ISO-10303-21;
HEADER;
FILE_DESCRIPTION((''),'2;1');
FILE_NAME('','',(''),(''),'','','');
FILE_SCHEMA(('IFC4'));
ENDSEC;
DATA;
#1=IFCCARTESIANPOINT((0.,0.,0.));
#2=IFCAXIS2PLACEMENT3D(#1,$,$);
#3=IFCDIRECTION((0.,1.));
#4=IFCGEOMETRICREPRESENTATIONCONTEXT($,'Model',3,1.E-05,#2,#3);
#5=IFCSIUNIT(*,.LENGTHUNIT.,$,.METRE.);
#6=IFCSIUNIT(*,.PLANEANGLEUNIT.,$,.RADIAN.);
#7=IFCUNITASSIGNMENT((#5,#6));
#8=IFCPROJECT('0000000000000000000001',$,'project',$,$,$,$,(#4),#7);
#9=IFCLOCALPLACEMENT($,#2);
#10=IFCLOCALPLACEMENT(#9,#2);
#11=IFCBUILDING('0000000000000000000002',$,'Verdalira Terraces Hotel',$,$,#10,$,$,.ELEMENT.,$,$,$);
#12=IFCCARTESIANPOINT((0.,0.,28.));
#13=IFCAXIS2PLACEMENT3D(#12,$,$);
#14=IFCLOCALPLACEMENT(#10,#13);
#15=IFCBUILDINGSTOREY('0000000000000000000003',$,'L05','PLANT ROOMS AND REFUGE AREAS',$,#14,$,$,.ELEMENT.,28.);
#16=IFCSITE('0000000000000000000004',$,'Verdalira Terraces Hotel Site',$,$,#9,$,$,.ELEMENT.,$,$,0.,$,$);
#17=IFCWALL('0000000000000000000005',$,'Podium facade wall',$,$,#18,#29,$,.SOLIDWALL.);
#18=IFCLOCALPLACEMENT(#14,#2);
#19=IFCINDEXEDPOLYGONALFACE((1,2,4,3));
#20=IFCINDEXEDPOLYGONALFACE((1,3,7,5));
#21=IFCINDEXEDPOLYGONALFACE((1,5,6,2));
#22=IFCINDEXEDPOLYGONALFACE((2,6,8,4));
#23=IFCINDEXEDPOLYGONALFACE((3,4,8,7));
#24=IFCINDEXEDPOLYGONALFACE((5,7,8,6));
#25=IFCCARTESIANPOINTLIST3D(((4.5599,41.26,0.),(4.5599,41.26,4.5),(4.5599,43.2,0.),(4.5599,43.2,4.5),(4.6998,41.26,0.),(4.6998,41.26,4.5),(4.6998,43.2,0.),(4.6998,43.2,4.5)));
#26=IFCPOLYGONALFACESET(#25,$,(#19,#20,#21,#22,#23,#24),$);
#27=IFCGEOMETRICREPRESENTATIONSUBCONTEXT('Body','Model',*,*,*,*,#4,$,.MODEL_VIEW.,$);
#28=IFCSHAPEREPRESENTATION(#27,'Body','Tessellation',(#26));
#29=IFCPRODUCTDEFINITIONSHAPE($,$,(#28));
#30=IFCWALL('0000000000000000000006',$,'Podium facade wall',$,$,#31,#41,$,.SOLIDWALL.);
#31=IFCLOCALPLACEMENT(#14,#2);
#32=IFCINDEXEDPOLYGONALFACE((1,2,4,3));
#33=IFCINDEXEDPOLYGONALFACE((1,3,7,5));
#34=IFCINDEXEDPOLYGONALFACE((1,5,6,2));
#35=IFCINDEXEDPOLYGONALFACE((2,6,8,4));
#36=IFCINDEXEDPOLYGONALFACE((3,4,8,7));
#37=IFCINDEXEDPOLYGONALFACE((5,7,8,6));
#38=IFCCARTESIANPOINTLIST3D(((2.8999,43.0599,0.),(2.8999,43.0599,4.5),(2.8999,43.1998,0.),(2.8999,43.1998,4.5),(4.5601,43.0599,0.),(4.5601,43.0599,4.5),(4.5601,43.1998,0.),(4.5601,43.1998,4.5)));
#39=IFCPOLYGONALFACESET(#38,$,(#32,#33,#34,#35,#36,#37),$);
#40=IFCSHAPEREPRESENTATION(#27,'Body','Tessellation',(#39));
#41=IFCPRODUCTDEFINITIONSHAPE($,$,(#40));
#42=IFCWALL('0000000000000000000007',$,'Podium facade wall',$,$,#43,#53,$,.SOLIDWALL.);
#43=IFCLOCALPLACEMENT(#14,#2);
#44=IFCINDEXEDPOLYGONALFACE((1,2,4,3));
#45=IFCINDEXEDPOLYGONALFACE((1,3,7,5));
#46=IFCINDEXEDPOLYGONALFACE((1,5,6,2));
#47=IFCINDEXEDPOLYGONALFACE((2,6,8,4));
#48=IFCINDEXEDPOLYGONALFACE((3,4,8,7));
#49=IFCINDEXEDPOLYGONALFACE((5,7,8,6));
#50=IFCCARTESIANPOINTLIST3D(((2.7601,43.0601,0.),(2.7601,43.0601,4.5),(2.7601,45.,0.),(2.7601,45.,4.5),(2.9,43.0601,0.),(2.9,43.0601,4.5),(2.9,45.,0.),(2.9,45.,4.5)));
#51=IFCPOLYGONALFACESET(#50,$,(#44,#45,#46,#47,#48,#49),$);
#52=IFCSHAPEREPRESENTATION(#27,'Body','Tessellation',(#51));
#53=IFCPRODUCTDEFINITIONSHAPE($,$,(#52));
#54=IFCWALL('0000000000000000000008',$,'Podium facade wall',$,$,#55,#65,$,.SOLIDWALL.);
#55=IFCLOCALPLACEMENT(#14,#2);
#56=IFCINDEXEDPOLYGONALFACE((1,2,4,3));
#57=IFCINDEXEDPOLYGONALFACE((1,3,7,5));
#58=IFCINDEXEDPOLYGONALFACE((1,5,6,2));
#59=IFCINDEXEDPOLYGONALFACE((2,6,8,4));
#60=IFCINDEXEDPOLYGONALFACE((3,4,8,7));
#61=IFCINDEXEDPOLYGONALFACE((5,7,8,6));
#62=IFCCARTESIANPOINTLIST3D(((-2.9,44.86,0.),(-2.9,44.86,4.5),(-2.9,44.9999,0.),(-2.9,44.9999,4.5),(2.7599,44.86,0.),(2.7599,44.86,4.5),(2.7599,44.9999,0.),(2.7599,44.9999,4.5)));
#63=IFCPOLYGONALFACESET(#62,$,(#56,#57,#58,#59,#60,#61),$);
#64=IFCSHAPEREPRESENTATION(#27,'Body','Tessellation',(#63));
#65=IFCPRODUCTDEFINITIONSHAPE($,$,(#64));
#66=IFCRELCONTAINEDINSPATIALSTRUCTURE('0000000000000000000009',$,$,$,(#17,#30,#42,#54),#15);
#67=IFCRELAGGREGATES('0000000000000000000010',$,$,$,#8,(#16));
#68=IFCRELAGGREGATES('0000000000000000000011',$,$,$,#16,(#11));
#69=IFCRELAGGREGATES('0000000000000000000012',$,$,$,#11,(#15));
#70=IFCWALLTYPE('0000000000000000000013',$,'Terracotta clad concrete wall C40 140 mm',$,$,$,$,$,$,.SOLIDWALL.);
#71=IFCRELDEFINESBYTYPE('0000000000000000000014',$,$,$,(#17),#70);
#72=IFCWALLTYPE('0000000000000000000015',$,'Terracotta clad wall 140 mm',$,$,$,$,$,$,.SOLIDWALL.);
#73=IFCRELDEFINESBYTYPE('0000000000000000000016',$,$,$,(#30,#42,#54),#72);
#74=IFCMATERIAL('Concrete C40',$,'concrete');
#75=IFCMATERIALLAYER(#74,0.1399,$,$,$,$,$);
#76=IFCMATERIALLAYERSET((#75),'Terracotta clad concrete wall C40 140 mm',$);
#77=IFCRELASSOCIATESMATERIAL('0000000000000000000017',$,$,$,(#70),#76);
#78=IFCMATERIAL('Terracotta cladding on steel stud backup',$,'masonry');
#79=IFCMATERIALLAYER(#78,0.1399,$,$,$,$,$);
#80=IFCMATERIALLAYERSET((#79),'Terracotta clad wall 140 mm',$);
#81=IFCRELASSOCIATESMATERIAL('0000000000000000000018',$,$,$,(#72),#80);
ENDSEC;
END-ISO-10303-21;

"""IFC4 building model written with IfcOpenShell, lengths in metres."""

from ifc_helpers import new_model, si_unit, direction, frame, frame_2d, origin, place, context, subcontext, project, spatial, rectangle, extrude, material, layer, layer_set, type_object, element, save


model = new_model("IFC4")

# Units and contexts
model_context = context("Model", 3, precision=1e-05, world=origin(), true_north=direction((0.0, 1.0)))
body_context = subcontext(model_context, "Body", "Model", "MODEL_VIEW")
ifc_project = project(units=[si_unit("LENGTHUNIT", "METRE"), si_unit("PLANEANGLEUNIT", "RADIAN")], contexts=[model_context])

# Site, building, storey
site_placement = place(None, origin())
site = spatial("IfcSite", under=ifc_project, at=site_placement, Name="Verdalira Terraces Hotel Site", CompositionType="ELEMENT", RefElevation=0.0)
building_placement = place(site_placement, origin())
building = spatial("IfcBuilding", under=site, at=building_placement, Name="Verdalira Terraces Hotel", CompositionType="ELEMENT")
storey_placement = place(building_placement, frame((0.0, 0.0, 28.0)))
storey = spatial("IfcBuildingStorey", under=building, at=storey_placement, Name="L05", Description="PLANT ROOMS AND REFUGE AREAS", CompositionType="ELEMENT", Elevation=28.0)

# Shared definitions
ifc_material_1 = material(Name="Concrete C40", Category="concrete")
ifc_layer_1 = layer(ifc_material_1, 0.1399)
ifc_layer_set_1 = layer_set([ifc_layer_1], Name="Terracotta clad concrete wall C40 140 mm")
wall_type_1 = type_object("IfcWallType", Name="Terracotta clad concrete wall C40 140 mm", PredefinedType="SOLIDWALL", material=ifc_layer_set_1)

# Walls
wall_1_placement = place(storey_placement, frame((4.6299, 41.26, 0.0), z_axis=(0.0, 0.0, 1.0), x_axis=(0.0, 1.0, 0.0)))
element("IfcWall", 1, at=wall_1_placement, inside=storey, type_object=wall_type_1, Name="Podium facade wall", PredefinedType="SOLIDWALL", context=body_context, shape_type="SweptSolid", body=[
    extrude(rectangle(XDim=1.9399, YDim=0.1399, at=frame_2d((0.97, 0.0))), origin(), (0.0, 0.0, 1.0), 4.5),
])
ifc_material_2 = material(Name="Terracotta cladding on steel stud backup", Category="masonry")
ifc_layer_2 = layer(ifc_material_2, 0.1399)
ifc_layer_set_2 = layer_set([ifc_layer_2], Name="Terracotta clad wall 140 mm")
wall_type_2 = type_object("IfcWallType", Name="Terracotta clad wall 140 mm", PredefinedType="SOLIDWALL", material=ifc_layer_set_2)
wall_2_placement = place(storey_placement, frame((4.5601, 43.1299, 0.0), z_axis=(0.0, 0.0, 1.0), x_axis=(-1.0, 0.0, 0.0)))
element("IfcWall", 2, at=wall_2_placement, inside=storey, type_object=wall_type_2, Name="Podium facade wall", PredefinedType="SOLIDWALL", context=body_context, shape_type="SweptSolid", body=[
    extrude(rectangle(XDim=1.6602, YDim=0.1399, at=frame_2d((0.8301, 0.0))), origin(), (0.0, 0.0, 1.0), 4.5),
])
wall_3_placement = place(storey_placement, frame((2.8301, 43.0601, 0.0), z_axis=(0.0, 0.0, 1.0), x_axis=(0.0, 1.0, 0.0)))
element("IfcWall", 3, at=wall_3_placement, inside=storey, type_object=wall_type_2, Name="Podium facade wall", PredefinedType="SOLIDWALL", context=body_context, shape_type="SweptSolid", body=[
    extrude(rectangle(XDim=1.9399, YDim=0.1399, at=frame_2d((0.97, 0.0))), origin(), (0.0, 0.0, 1.0), 4.5),
])
wall_4_placement = place(storey_placement, frame((2.76, 44.9299, 0.0), z_axis=(0.0, 0.0, 1.0), x_axis=(-1.0, 0.0, 0.0)))
element("IfcWall", 4, at=wall_4_placement, inside=storey, type_object=wall_type_2, Name="Podium facade wall", PredefinedType="SOLIDWALL", context=body_context, shape_type="SweptSolid", body=[
    extrude(rectangle(XDim=5.6599, YDim=0.1399, at=frame_2d((2.8301, 0.0))), origin(), (0.0, 0.0, 1.0), 4.5),
])

save(model, "model.ifc")
